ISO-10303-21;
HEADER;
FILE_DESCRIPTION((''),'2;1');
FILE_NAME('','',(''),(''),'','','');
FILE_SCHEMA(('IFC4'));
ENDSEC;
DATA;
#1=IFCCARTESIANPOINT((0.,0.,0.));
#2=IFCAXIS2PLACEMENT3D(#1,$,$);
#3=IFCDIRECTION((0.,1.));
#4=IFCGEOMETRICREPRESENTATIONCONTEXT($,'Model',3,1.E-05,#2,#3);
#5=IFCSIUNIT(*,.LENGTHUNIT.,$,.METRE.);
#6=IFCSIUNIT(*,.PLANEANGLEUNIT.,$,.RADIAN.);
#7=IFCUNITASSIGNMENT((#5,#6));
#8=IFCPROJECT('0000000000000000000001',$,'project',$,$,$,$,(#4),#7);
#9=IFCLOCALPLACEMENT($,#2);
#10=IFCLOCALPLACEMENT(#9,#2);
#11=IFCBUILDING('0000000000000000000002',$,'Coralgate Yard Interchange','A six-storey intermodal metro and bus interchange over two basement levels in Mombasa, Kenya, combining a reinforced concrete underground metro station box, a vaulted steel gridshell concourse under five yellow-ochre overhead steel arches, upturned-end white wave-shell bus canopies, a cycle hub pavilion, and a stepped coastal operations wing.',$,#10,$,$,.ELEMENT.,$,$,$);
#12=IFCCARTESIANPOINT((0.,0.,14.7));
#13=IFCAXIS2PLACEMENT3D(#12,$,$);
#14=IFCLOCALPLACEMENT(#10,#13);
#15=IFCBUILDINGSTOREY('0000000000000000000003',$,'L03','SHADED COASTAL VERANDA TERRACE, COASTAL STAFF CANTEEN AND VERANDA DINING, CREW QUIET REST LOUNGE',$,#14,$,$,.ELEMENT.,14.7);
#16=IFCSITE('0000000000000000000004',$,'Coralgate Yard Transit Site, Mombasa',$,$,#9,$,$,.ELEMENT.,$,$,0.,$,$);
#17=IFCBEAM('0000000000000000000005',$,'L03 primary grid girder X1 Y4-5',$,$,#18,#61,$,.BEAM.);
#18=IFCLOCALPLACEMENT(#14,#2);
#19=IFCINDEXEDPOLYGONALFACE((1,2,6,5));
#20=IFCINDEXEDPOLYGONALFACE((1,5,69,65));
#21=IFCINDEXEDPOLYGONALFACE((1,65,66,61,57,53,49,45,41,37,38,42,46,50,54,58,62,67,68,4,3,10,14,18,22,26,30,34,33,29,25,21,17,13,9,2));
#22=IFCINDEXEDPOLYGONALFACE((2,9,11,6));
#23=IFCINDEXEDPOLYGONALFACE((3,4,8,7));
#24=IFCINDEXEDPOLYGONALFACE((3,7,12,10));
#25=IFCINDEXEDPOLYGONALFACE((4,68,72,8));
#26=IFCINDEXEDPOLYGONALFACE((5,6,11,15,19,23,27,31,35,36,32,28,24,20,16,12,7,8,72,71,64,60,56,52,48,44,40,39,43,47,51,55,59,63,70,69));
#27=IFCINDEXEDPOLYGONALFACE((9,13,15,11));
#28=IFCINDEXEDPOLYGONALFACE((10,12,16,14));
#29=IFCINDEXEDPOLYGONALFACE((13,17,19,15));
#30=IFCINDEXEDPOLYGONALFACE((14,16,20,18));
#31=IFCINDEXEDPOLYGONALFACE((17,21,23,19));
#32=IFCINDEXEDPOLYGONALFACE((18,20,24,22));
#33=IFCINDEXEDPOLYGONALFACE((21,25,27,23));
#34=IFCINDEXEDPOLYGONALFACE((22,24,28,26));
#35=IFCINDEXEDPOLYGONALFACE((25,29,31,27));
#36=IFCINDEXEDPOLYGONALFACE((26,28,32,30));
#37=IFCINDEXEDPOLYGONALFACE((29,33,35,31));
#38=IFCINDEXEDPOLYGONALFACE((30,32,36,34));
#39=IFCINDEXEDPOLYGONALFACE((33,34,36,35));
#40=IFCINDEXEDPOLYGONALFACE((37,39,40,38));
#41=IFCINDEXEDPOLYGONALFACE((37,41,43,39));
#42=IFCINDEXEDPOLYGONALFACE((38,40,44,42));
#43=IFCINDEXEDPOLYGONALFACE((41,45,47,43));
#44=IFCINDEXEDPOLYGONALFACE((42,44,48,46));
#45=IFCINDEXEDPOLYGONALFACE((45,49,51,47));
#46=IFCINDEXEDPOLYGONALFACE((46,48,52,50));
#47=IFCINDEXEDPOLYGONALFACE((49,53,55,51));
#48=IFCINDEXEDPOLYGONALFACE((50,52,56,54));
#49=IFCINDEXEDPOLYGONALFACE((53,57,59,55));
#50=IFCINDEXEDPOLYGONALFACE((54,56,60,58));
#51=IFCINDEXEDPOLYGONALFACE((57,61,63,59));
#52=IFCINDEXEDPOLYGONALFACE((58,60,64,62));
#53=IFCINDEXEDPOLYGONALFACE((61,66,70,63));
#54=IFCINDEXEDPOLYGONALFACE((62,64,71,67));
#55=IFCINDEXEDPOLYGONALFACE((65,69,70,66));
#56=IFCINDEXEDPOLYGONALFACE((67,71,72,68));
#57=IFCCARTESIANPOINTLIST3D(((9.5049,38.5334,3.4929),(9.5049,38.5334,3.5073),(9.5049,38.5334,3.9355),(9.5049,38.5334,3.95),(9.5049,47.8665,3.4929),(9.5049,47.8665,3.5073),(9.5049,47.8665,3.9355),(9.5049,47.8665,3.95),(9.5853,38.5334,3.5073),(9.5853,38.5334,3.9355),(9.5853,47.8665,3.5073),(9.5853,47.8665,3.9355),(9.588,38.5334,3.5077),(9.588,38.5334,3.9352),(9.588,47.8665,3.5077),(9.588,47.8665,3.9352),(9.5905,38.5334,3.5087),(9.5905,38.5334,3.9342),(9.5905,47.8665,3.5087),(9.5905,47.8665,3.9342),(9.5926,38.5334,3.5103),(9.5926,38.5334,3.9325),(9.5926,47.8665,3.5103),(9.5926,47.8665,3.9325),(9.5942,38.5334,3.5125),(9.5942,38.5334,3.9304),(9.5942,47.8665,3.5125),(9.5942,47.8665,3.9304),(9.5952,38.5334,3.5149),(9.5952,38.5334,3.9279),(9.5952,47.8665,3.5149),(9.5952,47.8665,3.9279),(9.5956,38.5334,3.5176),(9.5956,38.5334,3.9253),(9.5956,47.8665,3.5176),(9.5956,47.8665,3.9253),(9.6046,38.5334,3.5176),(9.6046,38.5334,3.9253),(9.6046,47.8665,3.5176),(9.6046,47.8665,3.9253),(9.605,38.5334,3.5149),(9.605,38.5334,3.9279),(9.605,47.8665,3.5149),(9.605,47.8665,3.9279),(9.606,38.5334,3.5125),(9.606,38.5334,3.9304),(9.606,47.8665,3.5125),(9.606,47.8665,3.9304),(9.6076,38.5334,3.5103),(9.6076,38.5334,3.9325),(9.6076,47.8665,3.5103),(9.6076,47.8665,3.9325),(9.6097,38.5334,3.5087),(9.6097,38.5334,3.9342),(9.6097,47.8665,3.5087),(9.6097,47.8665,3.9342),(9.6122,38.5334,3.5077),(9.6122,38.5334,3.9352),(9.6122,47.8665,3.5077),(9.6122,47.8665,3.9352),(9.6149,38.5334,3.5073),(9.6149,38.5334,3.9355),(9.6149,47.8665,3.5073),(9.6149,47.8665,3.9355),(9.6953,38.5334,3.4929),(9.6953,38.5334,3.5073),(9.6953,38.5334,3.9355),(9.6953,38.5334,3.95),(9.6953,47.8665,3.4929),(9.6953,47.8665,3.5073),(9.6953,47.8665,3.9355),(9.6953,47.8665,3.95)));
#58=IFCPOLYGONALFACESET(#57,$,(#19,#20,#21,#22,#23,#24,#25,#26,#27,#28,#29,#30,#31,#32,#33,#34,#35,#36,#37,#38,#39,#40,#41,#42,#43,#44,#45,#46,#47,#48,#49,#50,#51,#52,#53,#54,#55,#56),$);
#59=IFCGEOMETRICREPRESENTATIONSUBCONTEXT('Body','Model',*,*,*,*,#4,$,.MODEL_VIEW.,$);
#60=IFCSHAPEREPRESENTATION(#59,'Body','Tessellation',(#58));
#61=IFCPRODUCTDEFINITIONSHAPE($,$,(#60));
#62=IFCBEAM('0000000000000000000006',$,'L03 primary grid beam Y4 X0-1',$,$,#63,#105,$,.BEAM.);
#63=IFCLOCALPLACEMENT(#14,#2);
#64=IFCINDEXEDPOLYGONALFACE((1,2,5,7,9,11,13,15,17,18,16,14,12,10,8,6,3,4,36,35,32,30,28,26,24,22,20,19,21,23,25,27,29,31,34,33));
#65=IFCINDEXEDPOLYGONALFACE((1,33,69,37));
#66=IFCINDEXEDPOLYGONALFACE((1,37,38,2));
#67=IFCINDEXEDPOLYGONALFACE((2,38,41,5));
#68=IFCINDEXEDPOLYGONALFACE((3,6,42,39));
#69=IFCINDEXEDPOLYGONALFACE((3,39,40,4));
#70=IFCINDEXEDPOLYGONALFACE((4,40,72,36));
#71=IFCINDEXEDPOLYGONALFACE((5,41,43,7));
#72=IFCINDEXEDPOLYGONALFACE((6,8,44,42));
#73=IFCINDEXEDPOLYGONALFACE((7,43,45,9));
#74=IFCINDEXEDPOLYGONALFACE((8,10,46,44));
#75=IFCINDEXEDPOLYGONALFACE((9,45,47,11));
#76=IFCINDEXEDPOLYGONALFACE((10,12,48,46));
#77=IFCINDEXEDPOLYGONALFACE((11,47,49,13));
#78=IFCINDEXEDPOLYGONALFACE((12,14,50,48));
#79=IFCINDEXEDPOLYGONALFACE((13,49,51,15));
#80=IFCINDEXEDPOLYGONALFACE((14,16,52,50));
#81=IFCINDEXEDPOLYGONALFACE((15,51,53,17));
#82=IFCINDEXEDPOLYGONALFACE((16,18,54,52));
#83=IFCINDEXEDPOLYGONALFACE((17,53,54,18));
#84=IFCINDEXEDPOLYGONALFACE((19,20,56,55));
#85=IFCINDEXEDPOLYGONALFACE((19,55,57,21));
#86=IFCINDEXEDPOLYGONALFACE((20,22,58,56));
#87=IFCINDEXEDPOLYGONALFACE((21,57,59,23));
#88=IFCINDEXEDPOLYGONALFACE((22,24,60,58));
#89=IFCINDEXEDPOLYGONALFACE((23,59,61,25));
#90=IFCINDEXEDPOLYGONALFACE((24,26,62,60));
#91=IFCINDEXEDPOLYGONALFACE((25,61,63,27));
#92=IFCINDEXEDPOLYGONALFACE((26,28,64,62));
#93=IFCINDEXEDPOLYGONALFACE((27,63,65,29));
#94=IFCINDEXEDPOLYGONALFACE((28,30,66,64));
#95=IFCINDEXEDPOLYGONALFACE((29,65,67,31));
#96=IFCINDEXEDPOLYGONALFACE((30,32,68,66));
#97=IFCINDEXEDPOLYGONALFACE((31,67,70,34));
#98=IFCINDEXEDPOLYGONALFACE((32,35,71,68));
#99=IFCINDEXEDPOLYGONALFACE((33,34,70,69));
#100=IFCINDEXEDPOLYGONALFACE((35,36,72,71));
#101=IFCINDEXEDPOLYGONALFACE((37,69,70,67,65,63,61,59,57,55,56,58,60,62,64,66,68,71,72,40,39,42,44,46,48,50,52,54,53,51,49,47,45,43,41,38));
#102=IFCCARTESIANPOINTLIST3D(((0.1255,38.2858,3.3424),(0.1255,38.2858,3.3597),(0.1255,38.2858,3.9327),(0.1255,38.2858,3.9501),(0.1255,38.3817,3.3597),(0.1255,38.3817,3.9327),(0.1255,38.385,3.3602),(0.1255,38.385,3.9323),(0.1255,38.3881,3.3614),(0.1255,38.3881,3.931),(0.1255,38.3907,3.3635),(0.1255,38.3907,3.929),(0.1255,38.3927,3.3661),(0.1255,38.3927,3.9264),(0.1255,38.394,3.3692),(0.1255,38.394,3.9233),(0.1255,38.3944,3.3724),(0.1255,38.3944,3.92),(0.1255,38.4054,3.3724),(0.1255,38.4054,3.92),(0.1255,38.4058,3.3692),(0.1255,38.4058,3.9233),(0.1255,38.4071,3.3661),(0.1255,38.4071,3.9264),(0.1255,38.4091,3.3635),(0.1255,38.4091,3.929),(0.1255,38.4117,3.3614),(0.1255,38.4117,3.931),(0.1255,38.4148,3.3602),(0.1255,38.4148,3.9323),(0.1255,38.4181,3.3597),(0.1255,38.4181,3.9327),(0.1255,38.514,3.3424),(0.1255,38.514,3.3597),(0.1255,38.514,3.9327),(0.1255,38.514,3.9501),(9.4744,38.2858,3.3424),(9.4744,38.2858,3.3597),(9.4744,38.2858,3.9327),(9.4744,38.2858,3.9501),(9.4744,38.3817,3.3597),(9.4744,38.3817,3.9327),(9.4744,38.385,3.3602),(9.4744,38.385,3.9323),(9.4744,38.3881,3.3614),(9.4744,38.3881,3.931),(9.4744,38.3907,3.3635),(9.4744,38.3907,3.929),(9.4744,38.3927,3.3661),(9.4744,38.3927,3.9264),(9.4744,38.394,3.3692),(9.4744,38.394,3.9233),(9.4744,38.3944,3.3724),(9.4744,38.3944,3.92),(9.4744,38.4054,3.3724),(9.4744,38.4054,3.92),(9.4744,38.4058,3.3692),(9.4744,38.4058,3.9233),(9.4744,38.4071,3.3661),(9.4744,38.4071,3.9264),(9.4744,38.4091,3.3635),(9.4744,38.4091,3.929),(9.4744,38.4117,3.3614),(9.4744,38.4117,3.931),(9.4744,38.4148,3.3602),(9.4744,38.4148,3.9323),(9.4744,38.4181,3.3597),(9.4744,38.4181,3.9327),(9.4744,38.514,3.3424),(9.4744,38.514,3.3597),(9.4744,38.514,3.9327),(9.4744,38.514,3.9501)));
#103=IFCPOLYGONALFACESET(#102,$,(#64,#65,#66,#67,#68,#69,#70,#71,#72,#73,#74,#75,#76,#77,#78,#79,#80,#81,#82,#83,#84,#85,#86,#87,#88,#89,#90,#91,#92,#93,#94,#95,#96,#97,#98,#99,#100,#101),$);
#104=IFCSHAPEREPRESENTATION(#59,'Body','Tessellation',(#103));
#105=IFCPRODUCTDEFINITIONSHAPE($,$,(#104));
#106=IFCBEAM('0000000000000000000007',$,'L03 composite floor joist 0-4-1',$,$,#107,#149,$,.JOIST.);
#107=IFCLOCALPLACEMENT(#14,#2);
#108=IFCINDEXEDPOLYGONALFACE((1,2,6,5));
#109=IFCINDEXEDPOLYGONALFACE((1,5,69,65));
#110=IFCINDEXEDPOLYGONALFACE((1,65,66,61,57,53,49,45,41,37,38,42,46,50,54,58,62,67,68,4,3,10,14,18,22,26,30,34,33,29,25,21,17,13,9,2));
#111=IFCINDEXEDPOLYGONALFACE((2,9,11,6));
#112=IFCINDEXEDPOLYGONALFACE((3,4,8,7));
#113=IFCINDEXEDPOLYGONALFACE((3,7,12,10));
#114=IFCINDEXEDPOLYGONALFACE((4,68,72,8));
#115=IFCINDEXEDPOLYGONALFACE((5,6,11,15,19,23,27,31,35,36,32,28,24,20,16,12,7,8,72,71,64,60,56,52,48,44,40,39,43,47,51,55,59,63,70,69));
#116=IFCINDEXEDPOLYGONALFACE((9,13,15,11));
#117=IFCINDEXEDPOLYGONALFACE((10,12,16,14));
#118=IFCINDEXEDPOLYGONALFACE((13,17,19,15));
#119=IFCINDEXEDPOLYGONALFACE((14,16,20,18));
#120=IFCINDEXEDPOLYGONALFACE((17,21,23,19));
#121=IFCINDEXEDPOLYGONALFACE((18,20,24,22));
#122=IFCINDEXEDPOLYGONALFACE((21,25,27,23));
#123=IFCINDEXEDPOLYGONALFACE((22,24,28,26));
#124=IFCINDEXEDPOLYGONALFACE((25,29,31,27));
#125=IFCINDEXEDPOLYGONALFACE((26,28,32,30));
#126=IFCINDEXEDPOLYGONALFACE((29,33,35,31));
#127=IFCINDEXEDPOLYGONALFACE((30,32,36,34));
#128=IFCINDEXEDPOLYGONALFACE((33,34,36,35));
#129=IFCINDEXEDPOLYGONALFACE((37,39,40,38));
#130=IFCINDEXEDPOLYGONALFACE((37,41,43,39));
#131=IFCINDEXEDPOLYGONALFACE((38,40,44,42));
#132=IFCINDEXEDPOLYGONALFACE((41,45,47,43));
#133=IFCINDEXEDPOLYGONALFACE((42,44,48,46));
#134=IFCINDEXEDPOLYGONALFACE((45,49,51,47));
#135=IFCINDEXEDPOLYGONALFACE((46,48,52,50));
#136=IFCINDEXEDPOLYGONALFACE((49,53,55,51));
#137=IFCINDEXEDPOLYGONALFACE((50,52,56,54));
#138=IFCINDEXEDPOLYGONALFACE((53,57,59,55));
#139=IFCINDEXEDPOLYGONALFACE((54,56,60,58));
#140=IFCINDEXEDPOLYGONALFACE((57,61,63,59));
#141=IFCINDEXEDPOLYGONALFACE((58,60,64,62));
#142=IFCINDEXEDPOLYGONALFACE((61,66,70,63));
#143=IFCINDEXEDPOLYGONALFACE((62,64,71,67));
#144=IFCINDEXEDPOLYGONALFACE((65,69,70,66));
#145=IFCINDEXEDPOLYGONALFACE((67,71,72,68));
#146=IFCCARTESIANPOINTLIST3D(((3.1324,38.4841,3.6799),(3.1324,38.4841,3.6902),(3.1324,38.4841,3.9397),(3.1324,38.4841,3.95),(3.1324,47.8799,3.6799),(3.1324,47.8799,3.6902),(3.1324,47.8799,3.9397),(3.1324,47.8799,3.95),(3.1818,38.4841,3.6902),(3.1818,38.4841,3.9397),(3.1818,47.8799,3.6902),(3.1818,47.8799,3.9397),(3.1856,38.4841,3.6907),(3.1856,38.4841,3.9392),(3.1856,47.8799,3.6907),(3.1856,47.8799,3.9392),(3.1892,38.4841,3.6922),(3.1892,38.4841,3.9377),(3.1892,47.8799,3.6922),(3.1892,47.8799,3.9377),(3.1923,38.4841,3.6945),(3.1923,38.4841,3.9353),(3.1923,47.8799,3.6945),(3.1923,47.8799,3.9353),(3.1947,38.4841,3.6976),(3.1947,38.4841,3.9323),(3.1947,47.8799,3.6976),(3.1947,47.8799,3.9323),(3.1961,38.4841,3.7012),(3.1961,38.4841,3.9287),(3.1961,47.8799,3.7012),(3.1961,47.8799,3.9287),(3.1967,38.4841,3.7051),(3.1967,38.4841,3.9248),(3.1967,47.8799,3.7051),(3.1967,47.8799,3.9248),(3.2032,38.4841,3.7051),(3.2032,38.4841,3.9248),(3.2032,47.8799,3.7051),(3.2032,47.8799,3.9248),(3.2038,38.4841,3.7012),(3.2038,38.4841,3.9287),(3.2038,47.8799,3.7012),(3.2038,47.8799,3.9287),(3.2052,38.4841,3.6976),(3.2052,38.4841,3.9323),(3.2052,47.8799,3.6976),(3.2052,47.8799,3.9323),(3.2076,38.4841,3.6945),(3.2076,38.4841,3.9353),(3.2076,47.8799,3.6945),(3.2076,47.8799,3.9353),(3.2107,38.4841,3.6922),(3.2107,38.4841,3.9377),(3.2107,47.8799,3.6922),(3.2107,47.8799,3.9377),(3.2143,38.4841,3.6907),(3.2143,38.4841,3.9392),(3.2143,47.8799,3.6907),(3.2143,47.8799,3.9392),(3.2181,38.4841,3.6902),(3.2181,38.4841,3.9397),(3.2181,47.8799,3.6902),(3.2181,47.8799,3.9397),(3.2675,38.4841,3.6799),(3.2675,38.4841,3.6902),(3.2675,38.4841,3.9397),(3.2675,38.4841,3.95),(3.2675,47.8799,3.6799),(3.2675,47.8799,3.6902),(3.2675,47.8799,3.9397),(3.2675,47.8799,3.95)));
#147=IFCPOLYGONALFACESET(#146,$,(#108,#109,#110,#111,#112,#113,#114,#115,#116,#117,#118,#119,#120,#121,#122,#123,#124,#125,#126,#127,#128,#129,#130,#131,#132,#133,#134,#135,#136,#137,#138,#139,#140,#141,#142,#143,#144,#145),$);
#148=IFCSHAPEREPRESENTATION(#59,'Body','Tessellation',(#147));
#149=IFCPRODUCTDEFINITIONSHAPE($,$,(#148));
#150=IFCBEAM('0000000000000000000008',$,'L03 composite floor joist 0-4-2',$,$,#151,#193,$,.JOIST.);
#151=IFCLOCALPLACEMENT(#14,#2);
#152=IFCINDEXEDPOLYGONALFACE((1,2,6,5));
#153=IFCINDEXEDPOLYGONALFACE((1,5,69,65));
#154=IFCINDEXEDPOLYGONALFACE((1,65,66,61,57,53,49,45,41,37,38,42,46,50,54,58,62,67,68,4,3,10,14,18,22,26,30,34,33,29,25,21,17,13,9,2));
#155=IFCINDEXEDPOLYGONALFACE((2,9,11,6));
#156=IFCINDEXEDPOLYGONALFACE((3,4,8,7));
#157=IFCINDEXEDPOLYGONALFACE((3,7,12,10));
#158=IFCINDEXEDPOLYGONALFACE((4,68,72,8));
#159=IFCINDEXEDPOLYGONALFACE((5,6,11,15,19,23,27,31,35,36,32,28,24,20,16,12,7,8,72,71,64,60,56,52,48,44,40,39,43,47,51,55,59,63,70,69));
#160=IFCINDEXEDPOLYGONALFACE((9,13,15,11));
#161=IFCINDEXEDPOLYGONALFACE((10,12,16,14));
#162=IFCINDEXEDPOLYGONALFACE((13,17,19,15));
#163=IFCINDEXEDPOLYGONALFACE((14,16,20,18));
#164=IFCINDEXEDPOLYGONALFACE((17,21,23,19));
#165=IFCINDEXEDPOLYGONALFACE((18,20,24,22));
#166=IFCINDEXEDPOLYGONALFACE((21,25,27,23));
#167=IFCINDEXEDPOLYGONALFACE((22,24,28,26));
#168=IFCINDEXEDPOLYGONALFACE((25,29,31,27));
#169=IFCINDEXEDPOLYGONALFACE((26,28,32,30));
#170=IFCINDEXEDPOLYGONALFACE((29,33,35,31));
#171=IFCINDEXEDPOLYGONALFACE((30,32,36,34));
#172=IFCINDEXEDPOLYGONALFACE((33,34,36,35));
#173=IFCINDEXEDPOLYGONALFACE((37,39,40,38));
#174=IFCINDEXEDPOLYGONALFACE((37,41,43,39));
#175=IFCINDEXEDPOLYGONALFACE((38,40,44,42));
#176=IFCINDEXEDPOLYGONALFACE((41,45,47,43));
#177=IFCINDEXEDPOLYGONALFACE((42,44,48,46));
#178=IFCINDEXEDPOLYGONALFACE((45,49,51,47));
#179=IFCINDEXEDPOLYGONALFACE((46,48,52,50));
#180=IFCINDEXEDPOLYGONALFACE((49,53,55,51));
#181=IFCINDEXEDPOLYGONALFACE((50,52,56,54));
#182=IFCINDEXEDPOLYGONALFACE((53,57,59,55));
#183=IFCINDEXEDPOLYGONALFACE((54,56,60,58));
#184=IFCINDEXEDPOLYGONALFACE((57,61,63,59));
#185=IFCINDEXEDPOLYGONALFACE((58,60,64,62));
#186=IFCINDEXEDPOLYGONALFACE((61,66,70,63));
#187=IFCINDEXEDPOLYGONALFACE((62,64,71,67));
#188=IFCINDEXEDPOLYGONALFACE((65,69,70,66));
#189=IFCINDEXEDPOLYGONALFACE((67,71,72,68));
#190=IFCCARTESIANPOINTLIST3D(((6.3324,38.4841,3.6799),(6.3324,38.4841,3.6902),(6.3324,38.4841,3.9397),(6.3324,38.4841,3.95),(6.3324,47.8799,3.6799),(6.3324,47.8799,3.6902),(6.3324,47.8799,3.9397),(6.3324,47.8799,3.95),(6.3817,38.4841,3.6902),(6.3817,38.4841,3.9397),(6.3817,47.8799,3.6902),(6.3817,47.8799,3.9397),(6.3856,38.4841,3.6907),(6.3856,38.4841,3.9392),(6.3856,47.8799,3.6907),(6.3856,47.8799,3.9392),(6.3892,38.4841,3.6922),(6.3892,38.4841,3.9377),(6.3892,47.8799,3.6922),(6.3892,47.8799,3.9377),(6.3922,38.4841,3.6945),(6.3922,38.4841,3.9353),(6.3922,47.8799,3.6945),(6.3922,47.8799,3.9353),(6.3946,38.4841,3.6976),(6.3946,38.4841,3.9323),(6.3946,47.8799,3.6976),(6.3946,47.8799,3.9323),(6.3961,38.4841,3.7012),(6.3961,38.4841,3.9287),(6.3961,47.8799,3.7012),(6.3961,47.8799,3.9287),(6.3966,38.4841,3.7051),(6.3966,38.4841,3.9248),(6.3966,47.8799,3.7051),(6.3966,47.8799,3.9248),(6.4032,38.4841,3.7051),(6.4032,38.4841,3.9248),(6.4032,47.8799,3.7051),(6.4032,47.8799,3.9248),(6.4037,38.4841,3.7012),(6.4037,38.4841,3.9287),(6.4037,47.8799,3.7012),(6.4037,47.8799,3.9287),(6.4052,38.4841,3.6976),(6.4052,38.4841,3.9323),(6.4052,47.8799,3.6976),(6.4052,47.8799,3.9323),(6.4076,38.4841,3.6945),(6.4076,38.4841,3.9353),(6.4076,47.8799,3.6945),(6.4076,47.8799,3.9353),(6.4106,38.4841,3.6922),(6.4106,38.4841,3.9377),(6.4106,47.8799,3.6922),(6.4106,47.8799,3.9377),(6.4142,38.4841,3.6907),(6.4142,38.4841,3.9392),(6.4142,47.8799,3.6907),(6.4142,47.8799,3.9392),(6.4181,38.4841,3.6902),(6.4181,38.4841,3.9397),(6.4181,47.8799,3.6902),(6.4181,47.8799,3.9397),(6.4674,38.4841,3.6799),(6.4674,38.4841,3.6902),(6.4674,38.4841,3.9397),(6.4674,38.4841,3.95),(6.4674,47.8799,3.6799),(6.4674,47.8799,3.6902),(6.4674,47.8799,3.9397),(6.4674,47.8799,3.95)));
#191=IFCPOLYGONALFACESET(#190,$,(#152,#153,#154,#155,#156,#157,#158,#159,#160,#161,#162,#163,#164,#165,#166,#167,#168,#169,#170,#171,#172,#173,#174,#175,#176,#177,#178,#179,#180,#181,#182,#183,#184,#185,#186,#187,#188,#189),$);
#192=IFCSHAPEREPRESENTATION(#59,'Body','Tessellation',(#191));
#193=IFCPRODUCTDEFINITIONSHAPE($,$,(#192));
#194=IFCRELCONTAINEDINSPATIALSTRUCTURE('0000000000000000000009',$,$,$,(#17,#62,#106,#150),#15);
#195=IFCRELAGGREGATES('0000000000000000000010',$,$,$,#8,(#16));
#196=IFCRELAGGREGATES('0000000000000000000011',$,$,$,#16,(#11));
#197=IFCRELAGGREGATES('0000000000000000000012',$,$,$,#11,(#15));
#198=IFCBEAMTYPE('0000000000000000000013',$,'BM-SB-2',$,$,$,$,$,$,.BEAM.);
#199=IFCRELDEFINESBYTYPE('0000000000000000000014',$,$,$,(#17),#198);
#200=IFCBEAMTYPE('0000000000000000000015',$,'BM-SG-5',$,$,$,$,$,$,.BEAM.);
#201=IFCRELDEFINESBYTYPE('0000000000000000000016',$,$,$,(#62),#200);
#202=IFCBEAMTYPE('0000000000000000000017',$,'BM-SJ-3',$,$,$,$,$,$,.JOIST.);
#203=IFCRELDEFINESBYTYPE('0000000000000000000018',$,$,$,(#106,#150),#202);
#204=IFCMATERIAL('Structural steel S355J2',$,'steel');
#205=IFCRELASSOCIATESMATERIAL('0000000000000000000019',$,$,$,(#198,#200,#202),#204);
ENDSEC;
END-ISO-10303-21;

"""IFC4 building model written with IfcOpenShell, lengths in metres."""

from ifc_helpers import new_model, si_unit, direction, frame, origin, origin_2d, place, context, subcontext, project, spatial, i_section, extrude, material, material_profile, profile_set, type_object, element, save


model = new_model("IFC4")

# Units and contexts
model_context = context("Model", 3, precision=1e-05, world=origin(), true_north=direction((0.0, 1.0)))
body_context = subcontext(model_context, "Body", "Model", "MODEL_VIEW")
ifc_project = project(units=[si_unit("LENGTHUNIT", "METRE"), si_unit("PLANEANGLEUNIT", "RADIAN")], contexts=[model_context])

# Site, building, storey
site_placement = place(None, origin())
site = spatial("IfcSite", under=ifc_project, at=site_placement, Name="Coralgate Yard Transit Site, Mombasa", CompositionType="ELEMENT", RefElevation=0.0)
building_placement = place(site_placement, origin())
building = spatial("IfcBuilding", under=site, at=building_placement, Name="Coralgate Yard Interchange", Description="A six-storey intermodal metro and bus interchange over two basement levels in Mombasa, Kenya, combining a reinforced concrete underground metro station box, a vaulted steel gridshell concourse under five yellow-ochre overhead steel arches, upturned-end white wave-shell bus canopies, a cycle hub pavilion, and a stepped coastal operations wing.", CompositionType="ELEMENT")
storey_placement = place(building_placement, frame((0.0, 0.0, 14.7)))
storey = spatial("IfcBuildingStorey", under=building, at=storey_placement, Name="L03", Description="SHADED COASTAL VERANDA TERRACE, COASTAL STAFF CANTEEN AND VERANDA DINING, CREW QUIET REST LOUNGE", CompositionType="ELEMENT", Elevation=14.7)

# Shared definitions
ifc_material_1 = material(Name="Structural steel S355J2", Category="steel")

# Beams
ifc_material_profile_1 = material_profile(ifc_material_1, i_section(OverallWidth=0.1904, OverallDepth=0.457, WebThickness=0.009, FlangeThickness=0.0144, FilletRadius=0.0103, at=origin_2d()), Name="UB 457x191x74")
ifc_profile_set_1 = profile_set([ifc_material_profile_1], Name="Structural steel S355J2")
beam_type_1 = type_object("IfcBeamType", Name="BM-SB-2", PredefinedType="BEAM", material=ifc_profile_set_1)
for number, where, z_axis, x_axis, name in (
    (1, (9.6001, 38.5334, 3.7214), (0.0, 1.0, 0.0), (-1.0, 0.0, 0.0), "L03 primary grid girder X1 Y4-5"),
):
    element("IfcBeam", number, at=place(storey_placement, frame(where, z_axis=z_axis, x_axis=x_axis)), inside=storey, type_object=beam_type_1, Name=name, PredefinedType="BEAM", context=body_context, shape_type="SweptSolid", body=[
        extrude(i_section(OverallWidth=0.1904, OverallDepth=0.457, WebThickness=0.009, FlangeThickness=0.0144, FilletRadius=0.0103, at=origin_2d()), origin(), (0.0, 0.0, 1.0), 9.333),
    ])
ifc_material_profile_2 = material_profile(ifc_material_1, i_section(OverallWidth=0.2283, OverallDepth=0.6077, WebThickness=0.011, FlangeThickness=0.0173, FilletRadius=0.0127, at=origin_2d()), Name="UB 610x229x113")
ifc_profile_set_2 = profile_set([ifc_material_profile_2], Name="Structural steel S355J2")
beam_type_2 = type_object("IfcBeamType", Name="BM-SG-5", PredefinedType="BEAM", material=ifc_profile_set_2)
beam_1_placement = place(storey_placement, frame((0.1255, 38.3999, 3.6462), z_axis=(1.0, 0.0, 0.0), x_axis=(0.0, 1.0, 0.0)))
element("IfcBeam", 2, at=beam_1_placement, inside=storey, type_object=beam_type_2, Name="L03 primary grid beam Y4 X0-1", PredefinedType="BEAM", context=body_context, shape_type="SweptSolid", body=[
    extrude(i_section(OverallWidth=0.2283, OverallDepth=0.6077, WebThickness=0.011, FlangeThickness=0.0173, FilletRadius=0.0127, at=origin_2d()), origin(), (0.0, 0.0, 1.0), 9.3489),
])
ifc_material_profile_3 = material_profile(ifc_material_1, i_section(OverallWidth=0.135, OverallDepth=0.27, WebThickness=0.0066, FlangeThickness=0.0103, FilletRadius=0.0149, at=origin_2d()), Name="IPE 270")
ifc_profile_set_3 = profile_set([ifc_material_profile_3], Name="Structural steel S355J2")
beam_type_3 = type_object("IfcBeamType", Name="BM-SJ-3", PredefinedType="JOIST", material=ifc_profile_set_3)
for number, where, z_axis, x_axis, name in (
    (3, (3.2, 38.4841, 3.8149), (0.0, 1.0, 0.0), (-1.0, 0.0, 0.0), "L03 composite floor joist 0-4-1"),
    (4, (6.3999, 38.4841, 3.8149), (0.0, 1.0, 0.0), (-1.0, 0.0, 0.0), "L03 composite floor joist 0-4-2"),
):
    element("IfcBeam", number, at=place(storey_placement, frame(where, z_axis=z_axis, x_axis=x_axis)), inside=storey, type_object=beam_type_3, Name=name, PredefinedType="JOIST", context=body_context, shape_type="SweptSolid", body=[
        extrude(i_section(OverallWidth=0.135, OverallDepth=0.27, WebThickness=0.0066, FlangeThickness=0.0103, FilletRadius=0.0149, at=origin_2d()), origin(), (0.0, 0.0, 1.0), 9.3958),
    ])

save(model, "model.ifc")
